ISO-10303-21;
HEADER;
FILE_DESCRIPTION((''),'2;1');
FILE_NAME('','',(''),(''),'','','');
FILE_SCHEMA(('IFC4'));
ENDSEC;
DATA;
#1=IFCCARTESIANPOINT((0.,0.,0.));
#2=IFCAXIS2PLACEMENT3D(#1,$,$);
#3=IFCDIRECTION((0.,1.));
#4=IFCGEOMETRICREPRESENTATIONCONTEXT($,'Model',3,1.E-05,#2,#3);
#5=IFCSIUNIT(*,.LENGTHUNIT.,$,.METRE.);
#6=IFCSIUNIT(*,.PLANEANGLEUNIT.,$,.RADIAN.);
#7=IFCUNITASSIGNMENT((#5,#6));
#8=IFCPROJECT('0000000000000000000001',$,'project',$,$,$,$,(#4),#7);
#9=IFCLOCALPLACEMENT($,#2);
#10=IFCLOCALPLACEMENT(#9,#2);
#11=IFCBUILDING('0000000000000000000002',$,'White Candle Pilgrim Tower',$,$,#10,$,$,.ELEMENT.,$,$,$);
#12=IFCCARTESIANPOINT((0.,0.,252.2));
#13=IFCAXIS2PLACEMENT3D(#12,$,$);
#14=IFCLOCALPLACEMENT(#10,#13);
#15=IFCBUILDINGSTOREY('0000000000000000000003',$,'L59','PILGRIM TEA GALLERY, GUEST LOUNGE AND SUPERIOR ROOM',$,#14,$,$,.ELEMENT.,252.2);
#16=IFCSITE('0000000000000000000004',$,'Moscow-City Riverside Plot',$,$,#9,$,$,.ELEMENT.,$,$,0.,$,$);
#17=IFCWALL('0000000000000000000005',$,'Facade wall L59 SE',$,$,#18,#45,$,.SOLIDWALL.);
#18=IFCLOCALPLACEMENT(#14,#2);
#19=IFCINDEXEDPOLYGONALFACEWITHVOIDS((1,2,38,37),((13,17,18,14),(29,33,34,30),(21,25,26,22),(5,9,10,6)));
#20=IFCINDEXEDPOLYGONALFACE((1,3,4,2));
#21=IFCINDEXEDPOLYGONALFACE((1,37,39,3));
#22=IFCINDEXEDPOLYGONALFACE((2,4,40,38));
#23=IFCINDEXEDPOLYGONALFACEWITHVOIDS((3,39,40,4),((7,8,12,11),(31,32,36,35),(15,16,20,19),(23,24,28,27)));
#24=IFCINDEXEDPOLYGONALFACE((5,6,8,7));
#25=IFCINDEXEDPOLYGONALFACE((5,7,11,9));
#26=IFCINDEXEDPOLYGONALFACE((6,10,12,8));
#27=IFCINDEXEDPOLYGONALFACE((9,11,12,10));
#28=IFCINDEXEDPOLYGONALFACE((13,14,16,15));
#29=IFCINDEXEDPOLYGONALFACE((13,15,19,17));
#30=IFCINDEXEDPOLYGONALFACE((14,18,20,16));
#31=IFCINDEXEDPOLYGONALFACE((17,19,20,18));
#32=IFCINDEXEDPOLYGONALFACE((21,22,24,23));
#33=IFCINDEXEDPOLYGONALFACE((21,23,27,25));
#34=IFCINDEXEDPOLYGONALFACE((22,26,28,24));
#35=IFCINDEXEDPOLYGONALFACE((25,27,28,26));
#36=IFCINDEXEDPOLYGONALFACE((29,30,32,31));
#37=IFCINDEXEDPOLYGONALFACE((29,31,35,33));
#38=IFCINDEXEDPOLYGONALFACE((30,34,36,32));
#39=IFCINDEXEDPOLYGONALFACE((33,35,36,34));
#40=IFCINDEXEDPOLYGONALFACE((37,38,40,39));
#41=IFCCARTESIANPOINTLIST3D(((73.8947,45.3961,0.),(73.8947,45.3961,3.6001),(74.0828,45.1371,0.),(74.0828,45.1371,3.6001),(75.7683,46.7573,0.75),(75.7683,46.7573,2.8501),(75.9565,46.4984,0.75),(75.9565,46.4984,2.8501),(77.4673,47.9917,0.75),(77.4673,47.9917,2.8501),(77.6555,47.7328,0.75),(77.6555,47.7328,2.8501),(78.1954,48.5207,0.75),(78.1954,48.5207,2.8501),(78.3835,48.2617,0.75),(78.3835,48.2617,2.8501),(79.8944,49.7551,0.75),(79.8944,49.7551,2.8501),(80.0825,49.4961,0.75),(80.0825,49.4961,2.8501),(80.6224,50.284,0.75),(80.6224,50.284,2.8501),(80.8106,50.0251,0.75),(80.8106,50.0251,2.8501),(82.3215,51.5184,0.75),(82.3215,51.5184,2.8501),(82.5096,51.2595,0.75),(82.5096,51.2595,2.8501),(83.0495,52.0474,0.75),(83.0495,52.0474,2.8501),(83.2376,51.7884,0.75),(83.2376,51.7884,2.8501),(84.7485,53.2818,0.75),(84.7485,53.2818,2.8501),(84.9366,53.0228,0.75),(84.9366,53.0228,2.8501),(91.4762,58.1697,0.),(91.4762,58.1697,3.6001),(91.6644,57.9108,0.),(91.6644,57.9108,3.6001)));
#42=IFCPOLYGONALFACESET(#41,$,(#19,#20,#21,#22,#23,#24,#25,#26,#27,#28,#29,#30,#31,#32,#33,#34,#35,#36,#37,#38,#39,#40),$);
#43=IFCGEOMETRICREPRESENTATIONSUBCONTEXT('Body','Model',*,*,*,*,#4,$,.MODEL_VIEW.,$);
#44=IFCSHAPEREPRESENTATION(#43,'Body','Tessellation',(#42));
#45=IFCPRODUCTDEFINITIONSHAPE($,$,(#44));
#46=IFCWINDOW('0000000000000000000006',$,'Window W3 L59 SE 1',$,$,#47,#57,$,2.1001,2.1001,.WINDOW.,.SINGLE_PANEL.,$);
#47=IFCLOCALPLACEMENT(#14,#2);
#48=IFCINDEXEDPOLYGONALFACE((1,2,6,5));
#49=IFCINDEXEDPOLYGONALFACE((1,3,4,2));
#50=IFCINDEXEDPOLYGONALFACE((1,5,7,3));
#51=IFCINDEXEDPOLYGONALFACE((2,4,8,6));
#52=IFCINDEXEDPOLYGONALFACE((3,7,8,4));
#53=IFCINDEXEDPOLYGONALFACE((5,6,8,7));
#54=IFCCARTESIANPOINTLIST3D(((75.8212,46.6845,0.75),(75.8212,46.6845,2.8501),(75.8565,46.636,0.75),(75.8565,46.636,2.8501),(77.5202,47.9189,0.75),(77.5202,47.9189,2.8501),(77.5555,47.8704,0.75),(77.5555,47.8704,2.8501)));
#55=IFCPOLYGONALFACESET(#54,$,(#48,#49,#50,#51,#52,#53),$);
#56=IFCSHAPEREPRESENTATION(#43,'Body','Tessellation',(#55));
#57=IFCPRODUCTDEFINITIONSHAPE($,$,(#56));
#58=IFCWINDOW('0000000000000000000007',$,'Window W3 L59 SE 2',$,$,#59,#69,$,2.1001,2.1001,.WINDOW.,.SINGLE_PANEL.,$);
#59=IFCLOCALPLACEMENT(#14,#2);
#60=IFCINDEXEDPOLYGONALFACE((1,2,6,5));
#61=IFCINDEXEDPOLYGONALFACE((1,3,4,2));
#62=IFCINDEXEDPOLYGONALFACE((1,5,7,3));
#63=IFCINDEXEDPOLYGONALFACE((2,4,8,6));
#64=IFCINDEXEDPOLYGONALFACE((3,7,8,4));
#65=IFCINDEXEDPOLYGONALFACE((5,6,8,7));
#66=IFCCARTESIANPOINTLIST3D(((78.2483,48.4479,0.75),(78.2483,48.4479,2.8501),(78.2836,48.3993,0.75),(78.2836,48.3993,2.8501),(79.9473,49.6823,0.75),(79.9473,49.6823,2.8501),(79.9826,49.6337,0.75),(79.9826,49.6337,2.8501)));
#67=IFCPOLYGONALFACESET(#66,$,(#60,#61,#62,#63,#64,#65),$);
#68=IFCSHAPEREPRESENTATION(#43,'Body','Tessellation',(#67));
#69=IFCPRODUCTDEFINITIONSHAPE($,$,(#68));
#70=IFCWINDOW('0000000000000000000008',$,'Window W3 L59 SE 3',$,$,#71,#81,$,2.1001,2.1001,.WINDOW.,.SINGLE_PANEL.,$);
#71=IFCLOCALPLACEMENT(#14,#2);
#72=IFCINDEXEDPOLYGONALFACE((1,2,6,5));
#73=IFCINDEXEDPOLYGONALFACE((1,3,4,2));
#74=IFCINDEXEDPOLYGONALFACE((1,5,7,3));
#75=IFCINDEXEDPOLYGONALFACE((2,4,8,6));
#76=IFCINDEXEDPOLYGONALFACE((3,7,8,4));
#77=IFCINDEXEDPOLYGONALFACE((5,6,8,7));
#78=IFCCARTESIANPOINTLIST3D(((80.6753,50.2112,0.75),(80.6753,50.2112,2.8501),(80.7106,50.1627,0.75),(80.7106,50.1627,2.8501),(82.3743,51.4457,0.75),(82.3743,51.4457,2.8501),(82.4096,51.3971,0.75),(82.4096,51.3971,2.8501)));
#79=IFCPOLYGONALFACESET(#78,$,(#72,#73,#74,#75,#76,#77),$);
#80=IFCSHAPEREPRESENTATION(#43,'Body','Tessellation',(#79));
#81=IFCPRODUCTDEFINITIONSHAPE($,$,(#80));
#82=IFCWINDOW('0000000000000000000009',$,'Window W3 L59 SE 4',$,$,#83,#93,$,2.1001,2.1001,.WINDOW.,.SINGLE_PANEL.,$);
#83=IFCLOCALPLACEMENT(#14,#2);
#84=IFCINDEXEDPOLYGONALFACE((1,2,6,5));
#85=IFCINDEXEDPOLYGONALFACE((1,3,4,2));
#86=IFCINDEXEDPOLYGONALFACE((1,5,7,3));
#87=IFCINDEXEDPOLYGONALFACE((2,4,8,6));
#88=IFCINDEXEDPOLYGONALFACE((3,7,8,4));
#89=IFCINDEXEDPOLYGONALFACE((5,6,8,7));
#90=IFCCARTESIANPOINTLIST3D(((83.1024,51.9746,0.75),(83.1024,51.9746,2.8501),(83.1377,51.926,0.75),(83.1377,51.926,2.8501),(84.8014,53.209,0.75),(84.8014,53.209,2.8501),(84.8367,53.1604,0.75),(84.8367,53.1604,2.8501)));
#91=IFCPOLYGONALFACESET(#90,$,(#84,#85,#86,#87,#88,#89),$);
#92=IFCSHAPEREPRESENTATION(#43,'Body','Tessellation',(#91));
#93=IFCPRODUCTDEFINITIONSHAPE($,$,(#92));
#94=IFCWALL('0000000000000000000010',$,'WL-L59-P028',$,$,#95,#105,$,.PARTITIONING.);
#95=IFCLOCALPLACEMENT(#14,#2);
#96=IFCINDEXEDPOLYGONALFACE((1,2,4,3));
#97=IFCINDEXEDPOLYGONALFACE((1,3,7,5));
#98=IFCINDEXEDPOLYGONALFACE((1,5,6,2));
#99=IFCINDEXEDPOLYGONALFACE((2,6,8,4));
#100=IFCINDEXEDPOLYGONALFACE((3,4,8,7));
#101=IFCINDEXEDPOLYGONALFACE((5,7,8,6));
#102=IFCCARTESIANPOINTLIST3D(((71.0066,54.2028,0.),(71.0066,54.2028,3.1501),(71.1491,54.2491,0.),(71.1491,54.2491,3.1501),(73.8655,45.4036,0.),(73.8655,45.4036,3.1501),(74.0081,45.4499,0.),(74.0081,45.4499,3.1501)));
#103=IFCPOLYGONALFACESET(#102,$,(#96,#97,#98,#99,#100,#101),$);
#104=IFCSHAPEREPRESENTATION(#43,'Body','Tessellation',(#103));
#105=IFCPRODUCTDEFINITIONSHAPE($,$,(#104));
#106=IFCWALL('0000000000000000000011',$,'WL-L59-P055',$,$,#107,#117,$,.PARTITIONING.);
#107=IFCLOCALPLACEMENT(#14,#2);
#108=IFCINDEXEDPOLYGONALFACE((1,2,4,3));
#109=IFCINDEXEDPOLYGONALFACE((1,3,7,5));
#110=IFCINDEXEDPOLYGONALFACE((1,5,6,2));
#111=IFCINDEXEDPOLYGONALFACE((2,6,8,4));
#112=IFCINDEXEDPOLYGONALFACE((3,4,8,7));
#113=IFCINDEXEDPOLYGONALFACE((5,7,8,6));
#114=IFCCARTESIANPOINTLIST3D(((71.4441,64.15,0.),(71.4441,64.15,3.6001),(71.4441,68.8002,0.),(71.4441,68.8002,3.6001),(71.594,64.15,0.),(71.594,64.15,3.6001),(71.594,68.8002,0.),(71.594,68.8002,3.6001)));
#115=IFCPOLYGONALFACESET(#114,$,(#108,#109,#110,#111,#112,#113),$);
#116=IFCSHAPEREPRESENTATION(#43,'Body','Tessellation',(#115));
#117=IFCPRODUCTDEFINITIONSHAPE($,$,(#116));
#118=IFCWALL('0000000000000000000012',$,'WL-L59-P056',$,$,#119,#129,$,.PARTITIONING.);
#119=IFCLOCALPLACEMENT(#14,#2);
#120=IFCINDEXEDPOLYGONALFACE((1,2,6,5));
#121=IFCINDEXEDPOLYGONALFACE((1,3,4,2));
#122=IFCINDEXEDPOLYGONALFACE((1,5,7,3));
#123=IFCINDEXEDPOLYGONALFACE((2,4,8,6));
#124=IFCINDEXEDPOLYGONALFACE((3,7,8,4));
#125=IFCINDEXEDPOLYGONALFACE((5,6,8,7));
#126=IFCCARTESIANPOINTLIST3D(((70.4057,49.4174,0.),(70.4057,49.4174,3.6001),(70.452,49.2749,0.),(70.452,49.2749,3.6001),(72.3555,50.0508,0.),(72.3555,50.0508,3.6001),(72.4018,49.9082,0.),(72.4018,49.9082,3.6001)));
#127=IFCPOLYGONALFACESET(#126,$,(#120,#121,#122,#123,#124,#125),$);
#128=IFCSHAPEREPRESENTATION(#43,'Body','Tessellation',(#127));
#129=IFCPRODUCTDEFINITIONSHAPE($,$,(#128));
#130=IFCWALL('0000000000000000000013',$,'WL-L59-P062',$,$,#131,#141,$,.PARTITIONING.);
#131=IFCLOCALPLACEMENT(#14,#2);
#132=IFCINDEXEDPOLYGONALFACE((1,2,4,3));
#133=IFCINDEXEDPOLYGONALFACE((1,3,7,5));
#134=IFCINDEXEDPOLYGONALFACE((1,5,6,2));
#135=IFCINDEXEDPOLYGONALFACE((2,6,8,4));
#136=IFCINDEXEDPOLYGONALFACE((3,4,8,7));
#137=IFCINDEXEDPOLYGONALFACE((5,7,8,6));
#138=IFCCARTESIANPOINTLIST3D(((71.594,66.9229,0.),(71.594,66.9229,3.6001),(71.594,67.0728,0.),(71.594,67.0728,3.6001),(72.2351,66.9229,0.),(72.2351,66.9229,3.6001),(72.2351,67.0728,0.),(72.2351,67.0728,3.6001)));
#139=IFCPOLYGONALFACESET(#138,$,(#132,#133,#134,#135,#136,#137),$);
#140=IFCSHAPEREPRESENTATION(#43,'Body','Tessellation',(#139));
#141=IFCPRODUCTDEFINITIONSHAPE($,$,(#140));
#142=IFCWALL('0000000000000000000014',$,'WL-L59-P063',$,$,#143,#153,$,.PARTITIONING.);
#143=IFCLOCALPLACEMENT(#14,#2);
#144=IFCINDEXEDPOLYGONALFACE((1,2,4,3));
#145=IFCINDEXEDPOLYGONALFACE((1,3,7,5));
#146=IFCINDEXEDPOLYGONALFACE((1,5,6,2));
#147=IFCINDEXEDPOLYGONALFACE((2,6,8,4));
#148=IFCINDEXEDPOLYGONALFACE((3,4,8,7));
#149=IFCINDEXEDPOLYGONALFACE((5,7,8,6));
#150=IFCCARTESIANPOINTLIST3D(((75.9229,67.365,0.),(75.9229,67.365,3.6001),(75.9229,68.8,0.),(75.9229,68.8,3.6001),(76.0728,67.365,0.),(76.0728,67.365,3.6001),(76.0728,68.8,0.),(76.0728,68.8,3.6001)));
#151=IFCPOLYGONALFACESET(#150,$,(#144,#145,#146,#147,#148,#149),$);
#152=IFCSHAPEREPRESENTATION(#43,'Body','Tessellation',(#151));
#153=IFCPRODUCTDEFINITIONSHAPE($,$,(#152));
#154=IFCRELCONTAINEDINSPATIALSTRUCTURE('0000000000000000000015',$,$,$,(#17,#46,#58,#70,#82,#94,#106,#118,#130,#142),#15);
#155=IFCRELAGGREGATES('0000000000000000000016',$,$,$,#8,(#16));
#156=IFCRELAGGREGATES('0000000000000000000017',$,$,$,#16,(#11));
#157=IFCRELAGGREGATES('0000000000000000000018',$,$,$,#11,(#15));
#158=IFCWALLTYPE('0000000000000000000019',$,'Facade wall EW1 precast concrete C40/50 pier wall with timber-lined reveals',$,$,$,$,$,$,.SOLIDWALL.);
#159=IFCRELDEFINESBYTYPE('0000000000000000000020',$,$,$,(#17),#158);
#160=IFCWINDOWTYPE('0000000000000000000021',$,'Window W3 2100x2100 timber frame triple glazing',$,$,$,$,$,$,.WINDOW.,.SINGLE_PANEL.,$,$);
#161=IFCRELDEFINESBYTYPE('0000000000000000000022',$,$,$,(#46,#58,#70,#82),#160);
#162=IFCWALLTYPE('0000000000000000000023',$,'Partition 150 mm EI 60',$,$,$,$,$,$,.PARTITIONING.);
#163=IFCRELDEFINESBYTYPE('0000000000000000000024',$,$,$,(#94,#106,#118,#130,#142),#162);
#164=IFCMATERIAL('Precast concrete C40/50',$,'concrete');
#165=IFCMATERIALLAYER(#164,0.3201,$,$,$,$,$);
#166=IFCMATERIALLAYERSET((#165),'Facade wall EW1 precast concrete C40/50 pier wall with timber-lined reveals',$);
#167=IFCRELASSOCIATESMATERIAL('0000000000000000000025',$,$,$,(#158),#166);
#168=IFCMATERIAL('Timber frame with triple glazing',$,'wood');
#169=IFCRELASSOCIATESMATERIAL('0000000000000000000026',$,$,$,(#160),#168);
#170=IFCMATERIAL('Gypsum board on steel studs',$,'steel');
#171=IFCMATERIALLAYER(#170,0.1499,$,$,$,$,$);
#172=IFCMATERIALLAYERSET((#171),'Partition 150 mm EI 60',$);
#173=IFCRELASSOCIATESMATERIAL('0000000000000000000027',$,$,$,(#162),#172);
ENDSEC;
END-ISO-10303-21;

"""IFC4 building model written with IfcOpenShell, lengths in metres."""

from ifc_helpers import new_model, si_unit, direction, frame, frame_2d, origin, place, context, subcontext, project, spatial, rectangle, extrude, material, layer, layer_set, type_object, element, fill, save


model = new_model("IFC4")

# Units and contexts
model_context = context("Model", 3, precision=1e-05, world=origin(), true_north=direction((0.0, 1.0)))
body_context = subcontext(model_context, "Body", "Model", "MODEL_VIEW")
ifc_project = project(units=[si_unit("LENGTHUNIT", "METRE"), si_unit("PLANEANGLEUNIT", "RADIAN")], contexts=[model_context])

# Site, building, storey
site_placement = place(None, origin())
site = spatial("IfcSite", under=ifc_project, at=site_placement, Name="Moscow-City Riverside Plot", CompositionType="ELEMENT", RefElevation=0.0)
building_placement = place(site_placement, origin())
building = spatial("IfcBuilding", under=site, at=building_placement, Name="White Candle Pilgrim Tower", CompositionType="ELEMENT")
storey_placement = place(building_placement, frame((0.0, 0.0, 252.2)))
storey = spatial("IfcBuildingStorey", under=building, at=storey_placement, Name="L59", Description="PILGRIM TEA GALLERY, GUEST LOUNGE AND SUPERIOR ROOM", CompositionType="ELEMENT", Elevation=252.2)

# Shared definitions
ifc_material_1 = material(Name="Gypsum board on steel studs", Category="steel")

# Wall, openings, windows
ifc_material_2 = material(Name="Precast concrete C40/50", Category="concrete")
ifc_layer_1 = layer(ifc_material_2, 0.3201)
ifc_layer_set_1 = layer_set([ifc_layer_1], Name="Facade wall EW1 precast concrete C40/50 pier wall with timber-lined reveals")
wall_type_1 = type_object("IfcWallType", Name="Facade wall EW1 precast concrete C40/50 pier wall with timber-lined reveals", PredefinedType="SOLIDWALL", material=ifc_layer_set_1)
wall_1_placement = place(storey_placement, frame((73.9888, 45.2666, 0.0), z_axis=(0.0, 0.0, 1.0), x_axis=(0.809018, 0.587784, 0.0)))
wall_1 = element("IfcWall", 1, at=wall_1_placement, inside=storey, type_object=wall_type_1, Name="Facade wall L59 SE", PredefinedType="SOLIDWALL", context=body_context, shape_type="SweptSolid", body=[
    extrude(rectangle(XDim=21.7319, YDim=0.3201, at=frame_2d((10.866, 0.0))), origin(), (0.0, 0.0, 1.0), 3.6001),
])
opening_1_placement = place(wall_1_placement, frame((2.3159, 0.0, 0.75)))
opening_1 = element("IfcOpeningElement", 2, at=opening_1_placement, cuts=wall_1, PredefinedType="OPENING", context=body_context, shape_type="SweptSolid", body=[
    extrude(rectangle(XDim=2.1001, YDim=2.1001, at=frame_2d((1.05, 1.05))), frame((0.0, 0.1699, 0.0), z_axis=(0.0, -1.0, 0.0), x_axis=(1.0, 0.0, 0.0)), (0.0, 0.0, 1.0), 0.3401),
])
opening_2_placement = place(wall_1_placement, frame((5.3159, 0.0, 0.75)))
opening_2 = element("IfcOpeningElement", 3, at=opening_2_placement, cuts=wall_1, PredefinedType="OPENING", context=body_context, shape_type="SweptSolid", body=[
    extrude(rectangle(XDim=2.1001, YDim=2.1001, at=frame_2d((1.05, 1.05))), frame((0.0, 0.1699, 0.0), z_axis=(0.0, -1.0, 0.0), x_axis=(1.0, 0.0, 0.0)), (0.0, 0.0, 1.0), 0.3401),
])
opening_3_placement = place(wall_1_placement, frame((8.3159, 0.0, 0.75)))
opening_3 = element("IfcOpeningElement", 4, at=opening_3_placement, cuts=wall_1, PredefinedType="OPENING", context=body_context, shape_type="SweptSolid", body=[
    extrude(rectangle(XDim=2.1001, YDim=2.1001, at=frame_2d((1.05, 1.05))), frame((0.0, 0.1699, 0.0), z_axis=(0.0, -1.0, 0.0), x_axis=(1.0, 0.0, 0.0)), (0.0, 0.0, 1.0), 0.3401),
])
opening_4_placement = place(wall_1_placement, frame((11.3159, 0.0, 0.75)))
opening_4 = element("IfcOpeningElement", 5, at=opening_4_placement, cuts=wall_1, PredefinedType="OPENING", context=body_context, shape_type="SweptSolid", body=[
    extrude(rectangle(XDim=2.1001, YDim=2.1001, at=frame_2d((1.05, 1.05))), frame((0.0, 0.1699, 0.0), z_axis=(0.0, -1.0, 0.0), x_axis=(1.0, 0.0, 0.0)), (0.0, 0.0, 1.0), 0.3401),
])
ifc_material_3 = material(Name="Timber frame with triple glazing", Category="wood")
window_type = type_object("IfcWindowType", Name="Window W3 2100x2100 timber frame triple glazing", PartitioningType="SINGLE_PANEL", PredefinedType="WINDOW", material=ifc_material_3)
window_1_placement = place(opening_1_placement, origin())
window_1 = element("IfcWindow", 6, at=window_1_placement, inside=storey, type_object=window_type, Name="Window W3 L59 SE 1", OverallHeight=2.1001, OverallWidth=2.1001, PartitioningType="SINGLE_PANEL", PredefinedType="WINDOW", context=body_context, shape_type="SweptSolid", body=[
    extrude(rectangle(XDim=2.1001, YDim=2.1001, at=frame_2d((1.05, 1.05))), frame((0.0, 0.0701, 0.0), z_axis=(0.0, -1.0, 0.0), x_axis=(1.0, 0.0, 0.0)), (0.0, 0.0, 1.0), 0.0601),
])
fill(opening_1, window_1)
window_2_placement = place(opening_2_placement, origin())
window_2 = element("IfcWindow", 7, at=window_2_placement, inside=storey, type_object=window_type, Name="Window W3 L59 SE 2", OverallHeight=2.1001, OverallWidth=2.1001, PartitioningType="SINGLE_PANEL", PredefinedType="WINDOW", context=body_context, shape_type="SweptSolid", body=[
    extrude(rectangle(XDim=2.1001, YDim=2.1001, at=frame_2d((1.05, 1.05))), frame((0.0, 0.0701, 0.0), z_axis=(0.0, -1.0, 0.0), x_axis=(1.0, 0.0, 0.0)), (0.0, 0.0, 1.0), 0.0601),
])
fill(opening_2, window_2)
window_3_placement = place(opening_3_placement, origin())
window_3 = element("IfcWindow", 8, at=window_3_placement, inside=storey, type_object=window_type, Name="Window W3 L59 SE 3", OverallHeight=2.1001, OverallWidth=2.1001, PartitioningType="SINGLE_PANEL", PredefinedType="WINDOW", context=body_context, shape_type="SweptSolid", body=[
    extrude(rectangle(XDim=2.1001, YDim=2.1001, at=frame_2d((1.05, 1.05))), frame((0.0, 0.0701, 0.0), z_axis=(0.0, -1.0, 0.0), x_axis=(1.0, 0.0, 0.0)), (0.0, 0.0, 1.0), 0.0601),
])
fill(opening_3, window_3)
window_4_placement = place(opening_4_placement, origin())
window_4 = element("IfcWindow", 9, at=window_4_placement, inside=storey, type_object=window_type, Name="Window W3 L59 SE 4", OverallHeight=2.1001, OverallWidth=2.1001, PartitioningType="SINGLE_PANEL", PredefinedType="WINDOW", context=body_context, shape_type="SweptSolid", body=[
    extrude(rectangle(XDim=2.1001, YDim=2.1001, at=frame_2d((1.05, 1.05))), frame((0.0, 0.0701, 0.0), z_axis=(0.0, -1.0, 0.0), x_axis=(1.0, 0.0, 0.0)), (0.0, 0.0, 1.0), 0.0601),
])
fill(opening_4, window_4)

# Walls
ifc_layer_2 = layer(ifc_material_1, 0.1499)
ifc_layer_set_2 = layer_set([ifc_layer_2], Name="Partition 150 mm EI 60")
wall_type_2 = type_object("IfcWallType", Name="Partition 150 mm EI 60", PredefinedType="PARTITIONING", material=ifc_layer_set_2)
wall_2_placement = place(storey_placement, frame((73.9368, 45.4268, 0.0), z_axis=(0.0, 0.0, 1.0), x_axis=(-0.309007, 0.95106, 0.0)))
element("IfcWall", 10, at=wall_2_placement, inside=storey, type_object=wall_type_2, Name="WL-L59-P028", PredefinedType="PARTITIONING", context=body_context, shape_type="SweptSolid", body=[
    extrude(rectangle(XDim=9.252, YDim=0.1499, at=frame_2d((4.626, 0.0))), origin(), (0.0, 0.0, 1.0), 3.1501),
])
wall_3_placement = place(storey_placement, frame((71.519, 64.1499, 0.0), z_axis=(0.0, 0.0, 1.0), x_axis=(0.0, 1.0, 0.0)))
element("IfcWall", 11, at=wall_3_placement, inside=storey, type_object=wall_type_2, Name="WL-L59-P055", PredefinedType="PARTITIONING", context=body_context, shape_type="SweptSolid", body=[
    extrude(rectangle(XDim=4.6501, YDim=0.1499, at=frame_2d((2.3252, 0.0))), origin(), (0.0, 0.0, 1.0), 3.6001),
])
wall_4_placement = place(storey_placement, frame((70.429, 49.3462, 0.0), z_axis=(0.0, 0.0, 1.0), x_axis=(0.951085, 0.30893, 0.0)))
element("IfcWall", 12, at=wall_4_placement, inside=storey, type_object=wall_type_2, Name="WL-L59-P056", PredefinedType="PARTITIONING", context=body_context, shape_type="SweptSolid", body=[
    extrude(rectangle(XDim=2.05, YDim=0.1499, at=frame_2d((1.0249, 0.0))), origin(), (0.0, 0.0, 1.0), 3.6001),
])
wall_5_placement = place(storey_placement, frame((72.2351, 66.9978, 0.0), z_axis=(0.0, 0.0, 1.0), x_axis=(-1.0, 0.0, 0.0)))
element("IfcWall", 13, at=wall_5_placement, inside=storey, type_object=wall_type_2, Name="WL-L59-P062", PredefinedType="PARTITIONING", context=body_context, shape_type="SweptSolid", body=[
    extrude(rectangle(XDim=0.6411, YDim=0.1499, at=frame_2d((0.3206, 0.0))), origin(), (0.0, 0.0, 1.0), 3.6001),
])
wall_6_placement = place(storey_placement, frame((75.9978, 67.365, 0.0), z_axis=(0.0, 0.0, 1.0), x_axis=(0.0, 1.0, 0.0)))
element("IfcWall", 14, at=wall_6_placement, inside=storey, type_object=wall_type_2, Name="WL-L59-P063", PredefinedType="PARTITIONING", context=body_context, shape_type="SweptSolid", body=[
    extrude(rectangle(XDim=1.4351, YDim=0.1499, at=frame_2d((0.7175, 0.0))), origin(), (0.0, 0.0, 1.0), 3.6001),
])

save(model, "model.ifc")
